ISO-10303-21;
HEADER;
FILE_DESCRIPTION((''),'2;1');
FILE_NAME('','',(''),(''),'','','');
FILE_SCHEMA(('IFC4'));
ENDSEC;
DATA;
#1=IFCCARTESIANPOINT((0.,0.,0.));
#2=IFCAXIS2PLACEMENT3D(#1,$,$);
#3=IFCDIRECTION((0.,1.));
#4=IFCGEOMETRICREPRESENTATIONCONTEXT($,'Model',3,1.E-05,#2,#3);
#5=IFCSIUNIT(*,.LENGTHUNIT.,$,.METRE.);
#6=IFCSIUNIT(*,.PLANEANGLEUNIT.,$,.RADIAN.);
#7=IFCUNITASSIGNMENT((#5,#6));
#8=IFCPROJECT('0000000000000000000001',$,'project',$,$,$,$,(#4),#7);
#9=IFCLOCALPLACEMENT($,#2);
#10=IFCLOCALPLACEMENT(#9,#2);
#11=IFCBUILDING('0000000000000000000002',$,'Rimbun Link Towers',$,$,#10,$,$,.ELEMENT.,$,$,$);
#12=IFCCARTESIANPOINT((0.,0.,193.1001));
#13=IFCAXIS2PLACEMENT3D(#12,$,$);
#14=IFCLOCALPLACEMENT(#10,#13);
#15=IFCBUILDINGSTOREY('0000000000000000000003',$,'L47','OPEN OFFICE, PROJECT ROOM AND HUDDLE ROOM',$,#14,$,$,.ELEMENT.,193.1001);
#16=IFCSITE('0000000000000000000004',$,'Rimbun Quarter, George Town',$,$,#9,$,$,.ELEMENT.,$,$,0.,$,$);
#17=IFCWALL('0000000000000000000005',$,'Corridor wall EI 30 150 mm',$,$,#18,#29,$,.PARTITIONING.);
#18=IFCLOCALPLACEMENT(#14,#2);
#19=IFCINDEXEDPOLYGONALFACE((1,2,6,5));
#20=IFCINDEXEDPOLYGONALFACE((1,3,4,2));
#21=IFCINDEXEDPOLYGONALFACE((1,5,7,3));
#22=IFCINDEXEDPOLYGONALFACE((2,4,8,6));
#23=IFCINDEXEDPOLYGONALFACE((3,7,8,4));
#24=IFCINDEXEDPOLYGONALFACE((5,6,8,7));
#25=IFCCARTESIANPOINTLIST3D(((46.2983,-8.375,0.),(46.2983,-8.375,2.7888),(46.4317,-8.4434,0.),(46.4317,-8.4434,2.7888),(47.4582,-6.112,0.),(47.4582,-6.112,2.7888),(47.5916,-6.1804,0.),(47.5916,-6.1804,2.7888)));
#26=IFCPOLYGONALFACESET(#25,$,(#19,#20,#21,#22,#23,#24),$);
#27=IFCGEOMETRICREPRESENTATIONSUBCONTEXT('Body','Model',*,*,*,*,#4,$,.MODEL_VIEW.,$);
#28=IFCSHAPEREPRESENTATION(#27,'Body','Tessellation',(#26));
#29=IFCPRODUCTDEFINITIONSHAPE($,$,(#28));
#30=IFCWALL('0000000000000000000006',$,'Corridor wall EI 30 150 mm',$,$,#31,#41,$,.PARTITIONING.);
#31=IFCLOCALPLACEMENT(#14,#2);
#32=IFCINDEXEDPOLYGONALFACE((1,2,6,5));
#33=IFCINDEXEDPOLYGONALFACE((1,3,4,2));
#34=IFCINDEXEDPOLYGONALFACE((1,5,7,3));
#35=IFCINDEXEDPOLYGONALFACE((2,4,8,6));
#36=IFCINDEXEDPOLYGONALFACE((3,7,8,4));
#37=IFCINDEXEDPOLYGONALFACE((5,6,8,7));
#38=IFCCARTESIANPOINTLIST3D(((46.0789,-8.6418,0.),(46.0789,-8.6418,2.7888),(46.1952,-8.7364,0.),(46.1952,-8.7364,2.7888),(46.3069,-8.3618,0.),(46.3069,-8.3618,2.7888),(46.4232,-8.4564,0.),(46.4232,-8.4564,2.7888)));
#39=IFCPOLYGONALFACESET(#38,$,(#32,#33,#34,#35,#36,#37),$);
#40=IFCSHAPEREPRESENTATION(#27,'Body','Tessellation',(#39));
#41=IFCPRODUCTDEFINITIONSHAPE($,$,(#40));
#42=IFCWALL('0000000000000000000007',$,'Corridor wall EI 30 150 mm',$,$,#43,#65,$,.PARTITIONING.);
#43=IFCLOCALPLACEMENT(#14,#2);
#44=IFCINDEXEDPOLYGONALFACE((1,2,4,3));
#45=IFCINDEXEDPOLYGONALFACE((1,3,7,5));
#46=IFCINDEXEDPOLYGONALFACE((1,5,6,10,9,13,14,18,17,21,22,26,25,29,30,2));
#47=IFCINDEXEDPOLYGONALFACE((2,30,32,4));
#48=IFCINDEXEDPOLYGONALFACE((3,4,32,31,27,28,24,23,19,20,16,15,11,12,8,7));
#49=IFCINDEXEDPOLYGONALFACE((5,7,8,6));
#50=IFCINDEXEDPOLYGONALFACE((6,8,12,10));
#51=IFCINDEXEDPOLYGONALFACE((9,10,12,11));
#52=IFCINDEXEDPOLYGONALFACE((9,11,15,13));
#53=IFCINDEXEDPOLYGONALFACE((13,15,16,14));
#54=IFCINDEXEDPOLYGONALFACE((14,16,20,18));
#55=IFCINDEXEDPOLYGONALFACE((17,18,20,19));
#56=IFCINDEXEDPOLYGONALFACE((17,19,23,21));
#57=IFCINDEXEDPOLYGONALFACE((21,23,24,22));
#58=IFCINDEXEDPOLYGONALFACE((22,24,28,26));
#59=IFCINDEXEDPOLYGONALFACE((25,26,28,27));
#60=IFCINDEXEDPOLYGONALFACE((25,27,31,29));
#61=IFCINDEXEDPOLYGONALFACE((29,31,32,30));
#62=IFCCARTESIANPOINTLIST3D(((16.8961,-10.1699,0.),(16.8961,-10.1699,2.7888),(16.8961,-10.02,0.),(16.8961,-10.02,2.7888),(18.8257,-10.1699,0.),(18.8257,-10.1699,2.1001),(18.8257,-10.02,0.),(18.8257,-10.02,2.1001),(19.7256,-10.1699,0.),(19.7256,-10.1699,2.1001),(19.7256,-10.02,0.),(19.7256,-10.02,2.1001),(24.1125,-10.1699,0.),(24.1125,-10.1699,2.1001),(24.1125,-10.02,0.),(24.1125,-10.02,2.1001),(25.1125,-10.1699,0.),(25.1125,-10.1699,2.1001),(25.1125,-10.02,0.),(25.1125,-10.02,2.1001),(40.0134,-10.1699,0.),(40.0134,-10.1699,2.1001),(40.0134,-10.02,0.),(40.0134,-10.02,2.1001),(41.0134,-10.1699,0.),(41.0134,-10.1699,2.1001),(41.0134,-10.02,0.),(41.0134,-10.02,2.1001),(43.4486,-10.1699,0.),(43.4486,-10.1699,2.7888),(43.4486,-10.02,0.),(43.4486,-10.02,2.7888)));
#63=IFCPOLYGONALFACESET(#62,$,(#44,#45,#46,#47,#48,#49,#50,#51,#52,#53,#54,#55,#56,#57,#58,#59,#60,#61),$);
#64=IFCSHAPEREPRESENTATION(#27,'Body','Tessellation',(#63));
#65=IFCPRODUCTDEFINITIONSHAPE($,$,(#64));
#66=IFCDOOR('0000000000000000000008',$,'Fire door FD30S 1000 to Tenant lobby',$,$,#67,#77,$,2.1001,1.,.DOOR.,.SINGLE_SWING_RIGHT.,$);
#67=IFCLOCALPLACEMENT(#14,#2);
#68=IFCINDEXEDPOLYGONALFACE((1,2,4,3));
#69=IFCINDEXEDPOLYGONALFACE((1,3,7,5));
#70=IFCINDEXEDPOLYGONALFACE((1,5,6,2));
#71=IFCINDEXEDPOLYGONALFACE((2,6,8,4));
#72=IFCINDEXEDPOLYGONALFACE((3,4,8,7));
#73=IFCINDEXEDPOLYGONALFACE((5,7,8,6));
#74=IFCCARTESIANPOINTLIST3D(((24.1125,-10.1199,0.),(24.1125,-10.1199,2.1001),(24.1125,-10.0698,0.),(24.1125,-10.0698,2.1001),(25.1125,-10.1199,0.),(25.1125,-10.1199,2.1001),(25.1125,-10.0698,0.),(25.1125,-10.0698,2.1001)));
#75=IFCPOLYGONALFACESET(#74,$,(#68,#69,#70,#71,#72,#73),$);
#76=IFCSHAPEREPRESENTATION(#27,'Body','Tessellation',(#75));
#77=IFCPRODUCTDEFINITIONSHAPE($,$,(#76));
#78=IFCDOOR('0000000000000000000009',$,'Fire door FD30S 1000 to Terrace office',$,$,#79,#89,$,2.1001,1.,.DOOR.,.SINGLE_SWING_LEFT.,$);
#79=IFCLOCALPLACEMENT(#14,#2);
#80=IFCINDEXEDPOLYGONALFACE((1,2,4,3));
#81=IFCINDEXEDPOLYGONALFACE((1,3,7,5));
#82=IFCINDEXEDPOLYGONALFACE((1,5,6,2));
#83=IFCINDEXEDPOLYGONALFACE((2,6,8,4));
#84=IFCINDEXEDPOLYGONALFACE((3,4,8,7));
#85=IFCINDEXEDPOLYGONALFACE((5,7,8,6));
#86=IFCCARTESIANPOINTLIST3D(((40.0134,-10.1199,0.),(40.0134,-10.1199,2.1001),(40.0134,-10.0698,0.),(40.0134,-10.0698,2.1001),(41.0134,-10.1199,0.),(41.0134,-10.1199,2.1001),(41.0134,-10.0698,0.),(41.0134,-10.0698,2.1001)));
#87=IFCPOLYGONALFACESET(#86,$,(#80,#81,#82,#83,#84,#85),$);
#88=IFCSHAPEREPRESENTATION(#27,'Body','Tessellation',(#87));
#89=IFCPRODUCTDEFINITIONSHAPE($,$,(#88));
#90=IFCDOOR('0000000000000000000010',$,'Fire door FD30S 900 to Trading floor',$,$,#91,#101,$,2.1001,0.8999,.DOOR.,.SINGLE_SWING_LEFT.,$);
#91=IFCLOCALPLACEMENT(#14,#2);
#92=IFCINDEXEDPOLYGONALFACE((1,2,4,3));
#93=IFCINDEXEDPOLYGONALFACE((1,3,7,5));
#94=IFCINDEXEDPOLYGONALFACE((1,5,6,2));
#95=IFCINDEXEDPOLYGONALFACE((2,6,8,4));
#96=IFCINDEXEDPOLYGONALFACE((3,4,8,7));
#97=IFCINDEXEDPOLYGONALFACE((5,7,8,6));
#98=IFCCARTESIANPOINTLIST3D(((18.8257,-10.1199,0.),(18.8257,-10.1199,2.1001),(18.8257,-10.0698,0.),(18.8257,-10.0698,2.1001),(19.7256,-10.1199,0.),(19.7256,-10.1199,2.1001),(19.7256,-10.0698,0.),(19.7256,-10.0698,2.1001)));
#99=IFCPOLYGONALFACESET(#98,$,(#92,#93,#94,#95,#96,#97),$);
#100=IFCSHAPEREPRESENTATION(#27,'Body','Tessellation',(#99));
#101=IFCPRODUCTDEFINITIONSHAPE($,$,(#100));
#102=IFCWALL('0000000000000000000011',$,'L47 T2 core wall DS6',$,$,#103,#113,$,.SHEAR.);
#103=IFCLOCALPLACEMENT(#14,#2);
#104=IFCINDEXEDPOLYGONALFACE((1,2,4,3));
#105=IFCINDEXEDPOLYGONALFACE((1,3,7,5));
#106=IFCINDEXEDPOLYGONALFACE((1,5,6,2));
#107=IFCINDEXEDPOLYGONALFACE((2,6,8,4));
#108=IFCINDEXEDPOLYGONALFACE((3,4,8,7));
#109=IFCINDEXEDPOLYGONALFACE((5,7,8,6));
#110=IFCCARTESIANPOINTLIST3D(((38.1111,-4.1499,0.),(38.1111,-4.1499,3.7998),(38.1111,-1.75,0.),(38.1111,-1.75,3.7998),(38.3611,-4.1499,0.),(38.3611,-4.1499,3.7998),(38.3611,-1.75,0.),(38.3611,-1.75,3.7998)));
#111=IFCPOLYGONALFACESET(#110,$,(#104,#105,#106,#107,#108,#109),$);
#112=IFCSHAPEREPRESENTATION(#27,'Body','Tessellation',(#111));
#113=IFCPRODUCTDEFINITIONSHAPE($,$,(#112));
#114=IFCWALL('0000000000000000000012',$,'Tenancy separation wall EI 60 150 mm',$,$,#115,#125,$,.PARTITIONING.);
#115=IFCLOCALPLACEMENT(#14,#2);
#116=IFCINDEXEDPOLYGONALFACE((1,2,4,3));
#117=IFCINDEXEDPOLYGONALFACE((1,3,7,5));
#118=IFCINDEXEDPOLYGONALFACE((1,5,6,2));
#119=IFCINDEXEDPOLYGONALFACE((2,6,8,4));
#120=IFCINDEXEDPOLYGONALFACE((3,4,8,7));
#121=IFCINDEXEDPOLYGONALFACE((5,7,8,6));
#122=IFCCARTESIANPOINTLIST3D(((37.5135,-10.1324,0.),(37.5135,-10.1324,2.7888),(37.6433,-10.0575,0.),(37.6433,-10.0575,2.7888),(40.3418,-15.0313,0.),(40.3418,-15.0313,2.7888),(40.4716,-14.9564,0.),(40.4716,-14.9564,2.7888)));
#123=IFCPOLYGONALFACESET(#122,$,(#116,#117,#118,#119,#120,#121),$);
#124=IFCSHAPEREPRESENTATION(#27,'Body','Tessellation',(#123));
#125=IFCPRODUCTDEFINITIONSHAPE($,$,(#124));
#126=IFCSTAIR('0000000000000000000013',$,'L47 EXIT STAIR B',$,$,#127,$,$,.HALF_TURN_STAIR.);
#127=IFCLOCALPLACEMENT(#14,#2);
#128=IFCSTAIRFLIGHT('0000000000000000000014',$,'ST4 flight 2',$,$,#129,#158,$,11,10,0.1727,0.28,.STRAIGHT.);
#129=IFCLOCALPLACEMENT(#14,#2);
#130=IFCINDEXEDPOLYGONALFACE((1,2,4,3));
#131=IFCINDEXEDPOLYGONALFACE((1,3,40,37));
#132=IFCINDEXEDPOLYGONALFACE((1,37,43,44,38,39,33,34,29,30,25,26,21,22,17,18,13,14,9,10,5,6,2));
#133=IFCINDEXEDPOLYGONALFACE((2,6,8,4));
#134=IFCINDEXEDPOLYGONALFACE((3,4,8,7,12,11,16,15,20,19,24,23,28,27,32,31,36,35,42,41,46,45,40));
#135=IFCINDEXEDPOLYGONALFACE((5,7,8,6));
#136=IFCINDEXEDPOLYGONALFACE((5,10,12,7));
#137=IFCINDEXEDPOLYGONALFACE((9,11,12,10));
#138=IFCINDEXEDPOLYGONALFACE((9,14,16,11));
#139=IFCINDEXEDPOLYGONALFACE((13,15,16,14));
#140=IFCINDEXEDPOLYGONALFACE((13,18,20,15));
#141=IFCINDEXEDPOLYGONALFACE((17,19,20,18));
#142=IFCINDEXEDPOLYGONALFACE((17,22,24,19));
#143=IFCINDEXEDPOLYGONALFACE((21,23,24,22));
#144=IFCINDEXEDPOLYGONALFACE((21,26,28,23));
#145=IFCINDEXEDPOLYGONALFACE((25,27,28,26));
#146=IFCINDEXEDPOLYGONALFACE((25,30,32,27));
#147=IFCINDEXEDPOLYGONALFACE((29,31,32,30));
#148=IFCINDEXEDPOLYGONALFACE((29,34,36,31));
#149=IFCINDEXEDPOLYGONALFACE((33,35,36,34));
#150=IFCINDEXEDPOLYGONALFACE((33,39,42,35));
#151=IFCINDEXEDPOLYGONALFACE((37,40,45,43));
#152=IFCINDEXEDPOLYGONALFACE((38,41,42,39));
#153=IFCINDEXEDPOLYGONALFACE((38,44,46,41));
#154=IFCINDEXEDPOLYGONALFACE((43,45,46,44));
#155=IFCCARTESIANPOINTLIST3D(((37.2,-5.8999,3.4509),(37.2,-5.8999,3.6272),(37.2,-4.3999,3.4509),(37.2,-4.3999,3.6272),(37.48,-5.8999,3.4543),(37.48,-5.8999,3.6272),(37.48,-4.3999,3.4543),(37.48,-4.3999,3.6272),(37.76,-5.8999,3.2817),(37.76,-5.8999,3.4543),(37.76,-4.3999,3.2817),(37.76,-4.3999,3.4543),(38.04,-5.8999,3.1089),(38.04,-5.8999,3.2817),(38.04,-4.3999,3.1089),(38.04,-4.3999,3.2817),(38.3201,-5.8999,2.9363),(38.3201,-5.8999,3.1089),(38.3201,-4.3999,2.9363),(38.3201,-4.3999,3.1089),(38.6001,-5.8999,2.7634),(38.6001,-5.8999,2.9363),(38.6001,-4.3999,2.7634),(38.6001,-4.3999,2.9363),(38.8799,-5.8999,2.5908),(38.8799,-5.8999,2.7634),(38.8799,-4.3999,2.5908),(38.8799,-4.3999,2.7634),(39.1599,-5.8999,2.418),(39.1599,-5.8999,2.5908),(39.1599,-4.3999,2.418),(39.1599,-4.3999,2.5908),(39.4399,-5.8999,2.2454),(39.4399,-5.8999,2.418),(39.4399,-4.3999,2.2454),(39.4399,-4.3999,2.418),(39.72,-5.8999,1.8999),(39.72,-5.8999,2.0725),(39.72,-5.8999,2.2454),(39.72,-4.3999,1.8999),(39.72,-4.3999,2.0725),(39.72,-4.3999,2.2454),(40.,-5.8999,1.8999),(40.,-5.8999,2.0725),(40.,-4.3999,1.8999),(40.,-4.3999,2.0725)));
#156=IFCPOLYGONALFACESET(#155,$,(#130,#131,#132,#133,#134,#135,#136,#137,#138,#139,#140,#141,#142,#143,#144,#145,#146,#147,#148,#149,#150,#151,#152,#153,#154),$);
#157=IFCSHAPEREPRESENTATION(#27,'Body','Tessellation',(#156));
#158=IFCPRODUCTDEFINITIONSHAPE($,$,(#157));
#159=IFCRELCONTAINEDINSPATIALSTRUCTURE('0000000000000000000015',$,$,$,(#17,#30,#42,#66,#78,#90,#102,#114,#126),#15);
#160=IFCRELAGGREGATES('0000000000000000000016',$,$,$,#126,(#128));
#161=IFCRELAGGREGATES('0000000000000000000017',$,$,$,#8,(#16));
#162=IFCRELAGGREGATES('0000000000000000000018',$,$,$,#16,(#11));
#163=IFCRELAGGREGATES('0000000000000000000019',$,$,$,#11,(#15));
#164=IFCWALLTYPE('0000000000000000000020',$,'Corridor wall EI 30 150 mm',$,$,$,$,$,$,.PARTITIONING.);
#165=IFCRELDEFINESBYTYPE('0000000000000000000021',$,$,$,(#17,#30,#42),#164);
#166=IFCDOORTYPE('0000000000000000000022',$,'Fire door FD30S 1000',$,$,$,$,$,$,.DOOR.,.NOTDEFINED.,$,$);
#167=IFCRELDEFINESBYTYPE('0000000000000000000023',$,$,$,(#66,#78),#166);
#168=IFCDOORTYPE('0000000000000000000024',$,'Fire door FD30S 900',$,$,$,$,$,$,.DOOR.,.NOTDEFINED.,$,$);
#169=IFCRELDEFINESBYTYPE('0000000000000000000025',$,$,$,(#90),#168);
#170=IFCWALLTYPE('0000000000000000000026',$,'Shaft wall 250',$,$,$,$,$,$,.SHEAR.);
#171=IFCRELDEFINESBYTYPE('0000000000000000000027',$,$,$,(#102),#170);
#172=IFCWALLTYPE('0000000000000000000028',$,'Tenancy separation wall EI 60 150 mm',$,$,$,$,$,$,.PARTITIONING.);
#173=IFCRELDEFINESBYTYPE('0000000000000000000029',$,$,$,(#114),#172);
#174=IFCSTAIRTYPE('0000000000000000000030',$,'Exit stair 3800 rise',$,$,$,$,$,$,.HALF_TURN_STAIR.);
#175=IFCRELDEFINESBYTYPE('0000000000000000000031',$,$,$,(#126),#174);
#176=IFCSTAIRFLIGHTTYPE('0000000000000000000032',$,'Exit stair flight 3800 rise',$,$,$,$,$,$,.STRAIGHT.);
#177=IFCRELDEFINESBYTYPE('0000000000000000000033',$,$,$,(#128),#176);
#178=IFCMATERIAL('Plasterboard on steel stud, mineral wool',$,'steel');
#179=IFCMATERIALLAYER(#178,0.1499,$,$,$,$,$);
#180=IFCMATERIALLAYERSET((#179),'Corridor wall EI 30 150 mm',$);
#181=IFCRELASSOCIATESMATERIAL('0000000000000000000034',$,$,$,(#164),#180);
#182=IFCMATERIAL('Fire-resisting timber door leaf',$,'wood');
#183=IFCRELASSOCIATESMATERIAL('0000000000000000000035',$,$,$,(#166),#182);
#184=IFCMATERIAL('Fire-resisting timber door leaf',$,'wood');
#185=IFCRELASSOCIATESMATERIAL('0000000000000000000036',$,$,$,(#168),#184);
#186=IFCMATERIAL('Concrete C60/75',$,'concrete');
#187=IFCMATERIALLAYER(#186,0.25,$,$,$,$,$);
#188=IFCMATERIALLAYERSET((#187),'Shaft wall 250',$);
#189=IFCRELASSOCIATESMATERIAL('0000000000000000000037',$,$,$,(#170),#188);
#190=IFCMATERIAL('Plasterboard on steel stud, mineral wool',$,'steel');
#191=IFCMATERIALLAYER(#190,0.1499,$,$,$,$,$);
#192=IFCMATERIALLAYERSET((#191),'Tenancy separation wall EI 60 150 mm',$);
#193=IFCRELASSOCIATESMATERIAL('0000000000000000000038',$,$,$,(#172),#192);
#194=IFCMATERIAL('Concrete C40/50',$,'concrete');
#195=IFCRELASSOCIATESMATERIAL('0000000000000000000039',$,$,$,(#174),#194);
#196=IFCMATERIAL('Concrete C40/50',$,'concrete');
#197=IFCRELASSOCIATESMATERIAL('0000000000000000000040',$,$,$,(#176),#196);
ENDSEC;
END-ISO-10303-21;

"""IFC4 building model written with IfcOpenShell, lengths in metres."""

from ifc_helpers import new_model, si_unit, direction, frame, frame_2d, origin, place, context, subcontext, project, spatial, polyline, rectangle, outline, extrude, material, layer, layer_set, type_object, element, fill, aggregate, save


model = new_model("IFC4")

# Units and contexts
model_context = context("Model", 3, precision=1e-05, world=origin(), true_north=direction((0.0, 1.0)))
body_context = subcontext(model_context, "Body", "Model", "MODEL_VIEW")
ifc_project = project(units=[si_unit("LENGTHUNIT", "METRE"), si_unit("PLANEANGLEUNIT", "RADIAN")], contexts=[model_context])

# Site, building, storey
site_placement = place(None, origin())
site = spatial("IfcSite", under=ifc_project, at=site_placement, Name="Rimbun Quarter, George Town", CompositionType="ELEMENT", RefElevation=0.0)
building_placement = place(site_placement, origin())
building = spatial("IfcBuilding", under=site, at=building_placement, Name="Rimbun Link Towers", CompositionType="ELEMENT")
storey_placement = place(building_placement, frame((0.0, 0.0, 193.1001)))
storey = spatial("IfcBuildingStorey", under=building, at=storey_placement, Name="L47", Description="OPEN OFFICE, PROJECT ROOM AND HUDDLE ROOM", CompositionType="ELEMENT", Elevation=193.1001)

# Walls
ifc_material_1 = material(Name="Plasterboard on steel stud, mineral wool", Category="steel")
ifc_layer_1 = layer(ifc_material_1, 0.1499)
ifc_layer_set_1 = layer_set([ifc_layer_1], Name="Corridor wall EI 30 150 mm")
wall_type_1 = type_object("IfcWallType", Name="Corridor wall EI 30 150 mm", PredefinedType="PARTITIONING", material=ifc_layer_set_1)
wall_1_placement = place(storey_placement, frame((46.365, -8.4092, 0.0), z_axis=(0.0, 0.0, 1.0), x_axis=(0.456139, 0.889908, 0.0)))
element("IfcWall", 1, at=wall_1_placement, inside=storey, type_object=wall_type_1, Name="Corridor wall EI 30 150 mm", PredefinedType="PARTITIONING", context=body_context, shape_type="SweptSolid", body=[
    extrude(rectangle(XDim=2.543, YDim=0.1499, at=frame_2d((1.2715, 0.0))), origin(), (0.0, 0.0, 1.0), 2.7888),
])
wall_2_placement = place(storey_placement, frame((46.137, -8.6892, 0.0), z_axis=(0.0, 0.0, 1.0), x_axis=(0.631432, 0.775431, 0.0)))
element("IfcWall", 2, at=wall_2_placement, inside=storey, type_object=wall_type_1, Name="Corridor wall EI 30 150 mm", PredefinedType="PARTITIONING", context=body_context, shape_type="SweptSolid", body=[
    extrude(rectangle(XDim=0.3611, YDim=0.1499, at=frame_2d((0.1807, 0.0))), origin(), (0.0, 0.0, 1.0), 2.7888),
])

# Wall, openings, doors
wall_3_placement = place(storey_placement, frame((43.4487, -10.095, 0.0), z_axis=(0.0, 0.0, 1.0), x_axis=(-1.0, 0.0, 0.0)))
wall_3 = element("IfcWall", 3, at=wall_3_placement, inside=storey, type_object=wall_type_1, Name="Corridor wall EI 30 150 mm", PredefinedType="PARTITIONING", context=body_context, shape_type="SweptSolid", body=[
    extrude(rectangle(XDim=26.5525, YDim=0.1499, at=frame_2d((13.2764, 0.0))), origin(), (0.0, 0.0, 1.0), 2.7888),
])
opening_1_placement = place(wall_3_placement, frame((23.7231, 0.0, 0.0)))
opening_1 = element("IfcOpeningElement", 4, at=opening_1_placement, cuts=wall_3, PredefinedType="OPENING", context=body_context, shape_type="SweptSolid", body=[
    extrude(rectangle(XDim=0.8999, YDim=2.1001, at=frame_2d((0.45, 1.05))), frame((0.0, 0.085, 0.0), z_axis=(0.0, -1.0, 0.0), x_axis=(1.0, 0.0, 0.0)), (0.0, 0.0, 1.0), 0.1699),
])
opening_2_placement = place(wall_3_placement, frame((18.3362, 0.0, 0.0)))
opening_2 = element("IfcOpeningElement", 5, at=opening_2_placement, cuts=wall_3, PredefinedType="OPENING", context=body_context, shape_type="SweptSolid", body=[
    extrude(rectangle(XDim=1.0, YDim=2.1001, at=frame_2d((0.5, 1.05))), frame((0.0, 0.085, 0.0), z_axis=(0.0, -1.0, 0.0), x_axis=(1.0, 0.0, 0.0)), (0.0, 0.0, 1.0), 0.1699),
])
opening_3_placement = place(wall_3_placement, frame((2.4353, 0.0, 0.0)))
opening_3 = element("IfcOpeningElement", 6, at=opening_3_placement, cuts=wall_3, PredefinedType="OPENING", context=body_context, shape_type="SweptSolid", body=[
    extrude(rectangle(XDim=1.0, YDim=2.1001, at=frame_2d((0.5, 1.05))), frame((0.0, 0.085, 0.0), z_axis=(0.0, -1.0, 0.0), x_axis=(1.0, 0.0, 0.0)), (0.0, 0.0, 1.0), 0.1699),
])
ifc_material_2 = material(Name="Fire-resisting timber door leaf", Category="wood")
door_type_1 = type_object("IfcDoorType", Name="Fire door FD30S 1000", OperationType="NOTDEFINED", PredefinedType="DOOR", material=ifc_material_2)
door_1_placement = place(opening_2_placement, origin())
door_1 = element("IfcDoor", 7, at=door_1_placement, inside=storey, type_object=door_type_1, Name="Fire door FD30S 1000 to Tenant lobby", OperationType="SINGLE_SWING_RIGHT", OverallHeight=2.1001, OverallWidth=1.0, PredefinedType="DOOR", context=body_context, shape_type="SweptSolid", body=[
    extrude(rectangle(XDim=1.0, YDim=2.1001, at=frame_2d((0.5, 1.05))), frame((0.0, 0.0249, 0.0), z_axis=(0.0, -1.0, 0.0), x_axis=(1.0, 0.0, 0.0)), (0.0, 0.0, 1.0), 0.05),
])
fill(opening_2, door_1)
door_2_placement = place(opening_3_placement, origin())
door_2 = element("IfcDoor", 8, at=door_2_placement, inside=storey, type_object=door_type_1, Name="Fire door FD30S 1000 to Terrace office", OperationType="SINGLE_SWING_LEFT", OverallHeight=2.1001, OverallWidth=1.0, PredefinedType="DOOR", context=body_context, shape_type="SweptSolid", body=[
    extrude(rectangle(XDim=1.0, YDim=2.1001, at=frame_2d((0.5, 1.05))), frame((0.0, 0.0249, 0.0), z_axis=(0.0, -1.0, 0.0), x_axis=(1.0, 0.0, 0.0)), (0.0, 0.0, 1.0), 0.05),
])
fill(opening_3, door_2)
ifc_material_3 = material(Name="Fire-resisting timber door leaf", Category="wood")
door_type_2 = type_object("IfcDoorType", Name="Fire door FD30S 900", OperationType="NOTDEFINED", PredefinedType="DOOR", material=ifc_material_3)
door_3_placement = place(opening_1_placement, origin())
door_3 = element("IfcDoor", 9, at=door_3_placement, inside=storey, type_object=door_type_2, Name="Fire door FD30S 900 to Trading floor", OperationType="SINGLE_SWING_LEFT", OverallHeight=2.1001, OverallWidth=0.8999, PredefinedType="DOOR", context=body_context, shape_type="SweptSolid", body=[
    extrude(rectangle(XDim=0.8999, YDim=2.1001, at=frame_2d((0.45, 1.05))), frame((0.0, 0.0249, 0.0), z_axis=(0.0, -1.0, 0.0), x_axis=(1.0, 0.0, 0.0)), (0.0, 0.0, 1.0), 0.05),
])
fill(opening_1, door_3)

# Walls
ifc_material_4 = material(Name="Concrete C60/75", Category="concrete")
ifc_layer_2 = layer(ifc_material_4, 0.25)
ifc_layer_set_2 = layer_set([ifc_layer_2], Name="Shaft wall 250")
wall_type_2 = type_object("IfcWallType", Name="Shaft wall 250", PredefinedType="SHEAR", material=ifc_layer_set_2)
wall_4_placement = place(storey_placement, frame((38.2361, -4.1499, 0.0), z_axis=(0.0, 0.0, 1.0), x_axis=(0.0, 1.0, 0.0)))
element("IfcWall", 10, at=wall_4_placement, inside=storey, type_object=wall_type_2, Name="L47 T2 core wall DS6", PredefinedType="SHEAR", context=body_context, shape_type="SweptSolid", body=[
    extrude(rectangle(XDim=2.3999, YDim=0.25, at=frame_2d((1.2, 0.0))), origin(), (0.0, 0.0, 1.0), 3.7998),
])
ifc_material_5 = material(Name="Plasterboard on steel stud, mineral wool", Category="steel")
ifc_layer_3 = layer(ifc_material_5, 0.1499)
ifc_layer_set_3 = layer_set([ifc_layer_3], Name="Tenancy separation wall EI 60 150 mm")
wall_type_3 = type_object("IfcWallType", Name="Tenancy separation wall EI 60 150 mm", PredefinedType="PARTITIONING", material=ifc_layer_set_3)
wall_5_placement = place(storey_placement, frame((37.5784, -10.095, 0.0), z_axis=(0.0, 0.0, 1.0), x_axis=(0.499996, -0.866027, 0.0)))
element("IfcWall", 11, at=wall_5_placement, inside=storey, type_object=wall_type_3, Name="Tenancy separation wall EI 60 150 mm", PredefinedType="PARTITIONING", context=body_context, shape_type="SweptSolid", body=[
    extrude(rectangle(XDim=5.6567, YDim=0.1499, at=frame_2d((2.8284, 0.0))), origin(), (0.0, 0.0, 1.0), 2.7888),
])

# Stair, stair flight
ifc_material_6 = material(Name="Concrete C40/50", Category="concrete")
stair_type = type_object("IfcStairType", Name="Exit stair 3800 rise", PredefinedType="HALF_TURN_STAIR", material=ifc_material_6)
stair_placement = place(storey_placement, origin())
stair = element("IfcStair", 12, at=stair_placement, inside=storey, type_object=stair_type, Name="L47 EXIT STAIR B", PredefinedType="HALF_TURN_STAIR")
ifc_material_7 = material(Name="Concrete C40/50", Category="concrete")
stair_flight_type = type_object("IfcStairFlightType", Name="Exit stair flight 3800 rise", PredefinedType="STRAIGHT", material=ifc_material_7)
stair_flight_placement = place(storey_placement, frame((40.0, -5.1499, 1.8999), z_axis=(0.0, 0.0, 1.0), x_axis=(-1.0, 0.0, 0.0)))
stair_flight = element("IfcStairFlight", 13, at=stair_flight_placement, type_object=stair_flight_type, Name="ST4 flight 2", NumberOfRisers=11, NumberOfTreads=10, PredefinedType="STRAIGHT", RiserHeight=0.1727, TreadLength=0.28, context=body_context, shape_type="SweptSolid", body=[
    extrude(outline(polyline([(0.0, 0.0), (0.0, 0.1726), (0.28, 0.1726), (0.28, 0.3455), (0.5601, 0.3455), (0.5601, 0.5181), (0.8401, 0.5181), (0.8401, 0.6909), (1.1201, 0.6909), (1.1201, 0.8635), (1.3999, 0.8635), (1.3999, 1.0364), (1.6799, 1.0364), (1.6799, 1.209), (1.96, 1.209), (1.96, 1.3818), (2.24, 1.3818), (2.24, 1.5544), (2.52, 1.5544), (2.52, 1.7273), (2.8, 1.7273), (2.8, 1.8999), (2.8, 1.551), (0.28, 0.0), (0.0, 0.0)])), frame((0.0, 0.75, 0.0), z_axis=(0.0, -1.0, 0.0), x_axis=(1.0, 0.0, 0.0)), (0.0, 0.0, 1.0), 1.5),
])
aggregate(stair, [stair_flight])

save(model, "model.ifc")
